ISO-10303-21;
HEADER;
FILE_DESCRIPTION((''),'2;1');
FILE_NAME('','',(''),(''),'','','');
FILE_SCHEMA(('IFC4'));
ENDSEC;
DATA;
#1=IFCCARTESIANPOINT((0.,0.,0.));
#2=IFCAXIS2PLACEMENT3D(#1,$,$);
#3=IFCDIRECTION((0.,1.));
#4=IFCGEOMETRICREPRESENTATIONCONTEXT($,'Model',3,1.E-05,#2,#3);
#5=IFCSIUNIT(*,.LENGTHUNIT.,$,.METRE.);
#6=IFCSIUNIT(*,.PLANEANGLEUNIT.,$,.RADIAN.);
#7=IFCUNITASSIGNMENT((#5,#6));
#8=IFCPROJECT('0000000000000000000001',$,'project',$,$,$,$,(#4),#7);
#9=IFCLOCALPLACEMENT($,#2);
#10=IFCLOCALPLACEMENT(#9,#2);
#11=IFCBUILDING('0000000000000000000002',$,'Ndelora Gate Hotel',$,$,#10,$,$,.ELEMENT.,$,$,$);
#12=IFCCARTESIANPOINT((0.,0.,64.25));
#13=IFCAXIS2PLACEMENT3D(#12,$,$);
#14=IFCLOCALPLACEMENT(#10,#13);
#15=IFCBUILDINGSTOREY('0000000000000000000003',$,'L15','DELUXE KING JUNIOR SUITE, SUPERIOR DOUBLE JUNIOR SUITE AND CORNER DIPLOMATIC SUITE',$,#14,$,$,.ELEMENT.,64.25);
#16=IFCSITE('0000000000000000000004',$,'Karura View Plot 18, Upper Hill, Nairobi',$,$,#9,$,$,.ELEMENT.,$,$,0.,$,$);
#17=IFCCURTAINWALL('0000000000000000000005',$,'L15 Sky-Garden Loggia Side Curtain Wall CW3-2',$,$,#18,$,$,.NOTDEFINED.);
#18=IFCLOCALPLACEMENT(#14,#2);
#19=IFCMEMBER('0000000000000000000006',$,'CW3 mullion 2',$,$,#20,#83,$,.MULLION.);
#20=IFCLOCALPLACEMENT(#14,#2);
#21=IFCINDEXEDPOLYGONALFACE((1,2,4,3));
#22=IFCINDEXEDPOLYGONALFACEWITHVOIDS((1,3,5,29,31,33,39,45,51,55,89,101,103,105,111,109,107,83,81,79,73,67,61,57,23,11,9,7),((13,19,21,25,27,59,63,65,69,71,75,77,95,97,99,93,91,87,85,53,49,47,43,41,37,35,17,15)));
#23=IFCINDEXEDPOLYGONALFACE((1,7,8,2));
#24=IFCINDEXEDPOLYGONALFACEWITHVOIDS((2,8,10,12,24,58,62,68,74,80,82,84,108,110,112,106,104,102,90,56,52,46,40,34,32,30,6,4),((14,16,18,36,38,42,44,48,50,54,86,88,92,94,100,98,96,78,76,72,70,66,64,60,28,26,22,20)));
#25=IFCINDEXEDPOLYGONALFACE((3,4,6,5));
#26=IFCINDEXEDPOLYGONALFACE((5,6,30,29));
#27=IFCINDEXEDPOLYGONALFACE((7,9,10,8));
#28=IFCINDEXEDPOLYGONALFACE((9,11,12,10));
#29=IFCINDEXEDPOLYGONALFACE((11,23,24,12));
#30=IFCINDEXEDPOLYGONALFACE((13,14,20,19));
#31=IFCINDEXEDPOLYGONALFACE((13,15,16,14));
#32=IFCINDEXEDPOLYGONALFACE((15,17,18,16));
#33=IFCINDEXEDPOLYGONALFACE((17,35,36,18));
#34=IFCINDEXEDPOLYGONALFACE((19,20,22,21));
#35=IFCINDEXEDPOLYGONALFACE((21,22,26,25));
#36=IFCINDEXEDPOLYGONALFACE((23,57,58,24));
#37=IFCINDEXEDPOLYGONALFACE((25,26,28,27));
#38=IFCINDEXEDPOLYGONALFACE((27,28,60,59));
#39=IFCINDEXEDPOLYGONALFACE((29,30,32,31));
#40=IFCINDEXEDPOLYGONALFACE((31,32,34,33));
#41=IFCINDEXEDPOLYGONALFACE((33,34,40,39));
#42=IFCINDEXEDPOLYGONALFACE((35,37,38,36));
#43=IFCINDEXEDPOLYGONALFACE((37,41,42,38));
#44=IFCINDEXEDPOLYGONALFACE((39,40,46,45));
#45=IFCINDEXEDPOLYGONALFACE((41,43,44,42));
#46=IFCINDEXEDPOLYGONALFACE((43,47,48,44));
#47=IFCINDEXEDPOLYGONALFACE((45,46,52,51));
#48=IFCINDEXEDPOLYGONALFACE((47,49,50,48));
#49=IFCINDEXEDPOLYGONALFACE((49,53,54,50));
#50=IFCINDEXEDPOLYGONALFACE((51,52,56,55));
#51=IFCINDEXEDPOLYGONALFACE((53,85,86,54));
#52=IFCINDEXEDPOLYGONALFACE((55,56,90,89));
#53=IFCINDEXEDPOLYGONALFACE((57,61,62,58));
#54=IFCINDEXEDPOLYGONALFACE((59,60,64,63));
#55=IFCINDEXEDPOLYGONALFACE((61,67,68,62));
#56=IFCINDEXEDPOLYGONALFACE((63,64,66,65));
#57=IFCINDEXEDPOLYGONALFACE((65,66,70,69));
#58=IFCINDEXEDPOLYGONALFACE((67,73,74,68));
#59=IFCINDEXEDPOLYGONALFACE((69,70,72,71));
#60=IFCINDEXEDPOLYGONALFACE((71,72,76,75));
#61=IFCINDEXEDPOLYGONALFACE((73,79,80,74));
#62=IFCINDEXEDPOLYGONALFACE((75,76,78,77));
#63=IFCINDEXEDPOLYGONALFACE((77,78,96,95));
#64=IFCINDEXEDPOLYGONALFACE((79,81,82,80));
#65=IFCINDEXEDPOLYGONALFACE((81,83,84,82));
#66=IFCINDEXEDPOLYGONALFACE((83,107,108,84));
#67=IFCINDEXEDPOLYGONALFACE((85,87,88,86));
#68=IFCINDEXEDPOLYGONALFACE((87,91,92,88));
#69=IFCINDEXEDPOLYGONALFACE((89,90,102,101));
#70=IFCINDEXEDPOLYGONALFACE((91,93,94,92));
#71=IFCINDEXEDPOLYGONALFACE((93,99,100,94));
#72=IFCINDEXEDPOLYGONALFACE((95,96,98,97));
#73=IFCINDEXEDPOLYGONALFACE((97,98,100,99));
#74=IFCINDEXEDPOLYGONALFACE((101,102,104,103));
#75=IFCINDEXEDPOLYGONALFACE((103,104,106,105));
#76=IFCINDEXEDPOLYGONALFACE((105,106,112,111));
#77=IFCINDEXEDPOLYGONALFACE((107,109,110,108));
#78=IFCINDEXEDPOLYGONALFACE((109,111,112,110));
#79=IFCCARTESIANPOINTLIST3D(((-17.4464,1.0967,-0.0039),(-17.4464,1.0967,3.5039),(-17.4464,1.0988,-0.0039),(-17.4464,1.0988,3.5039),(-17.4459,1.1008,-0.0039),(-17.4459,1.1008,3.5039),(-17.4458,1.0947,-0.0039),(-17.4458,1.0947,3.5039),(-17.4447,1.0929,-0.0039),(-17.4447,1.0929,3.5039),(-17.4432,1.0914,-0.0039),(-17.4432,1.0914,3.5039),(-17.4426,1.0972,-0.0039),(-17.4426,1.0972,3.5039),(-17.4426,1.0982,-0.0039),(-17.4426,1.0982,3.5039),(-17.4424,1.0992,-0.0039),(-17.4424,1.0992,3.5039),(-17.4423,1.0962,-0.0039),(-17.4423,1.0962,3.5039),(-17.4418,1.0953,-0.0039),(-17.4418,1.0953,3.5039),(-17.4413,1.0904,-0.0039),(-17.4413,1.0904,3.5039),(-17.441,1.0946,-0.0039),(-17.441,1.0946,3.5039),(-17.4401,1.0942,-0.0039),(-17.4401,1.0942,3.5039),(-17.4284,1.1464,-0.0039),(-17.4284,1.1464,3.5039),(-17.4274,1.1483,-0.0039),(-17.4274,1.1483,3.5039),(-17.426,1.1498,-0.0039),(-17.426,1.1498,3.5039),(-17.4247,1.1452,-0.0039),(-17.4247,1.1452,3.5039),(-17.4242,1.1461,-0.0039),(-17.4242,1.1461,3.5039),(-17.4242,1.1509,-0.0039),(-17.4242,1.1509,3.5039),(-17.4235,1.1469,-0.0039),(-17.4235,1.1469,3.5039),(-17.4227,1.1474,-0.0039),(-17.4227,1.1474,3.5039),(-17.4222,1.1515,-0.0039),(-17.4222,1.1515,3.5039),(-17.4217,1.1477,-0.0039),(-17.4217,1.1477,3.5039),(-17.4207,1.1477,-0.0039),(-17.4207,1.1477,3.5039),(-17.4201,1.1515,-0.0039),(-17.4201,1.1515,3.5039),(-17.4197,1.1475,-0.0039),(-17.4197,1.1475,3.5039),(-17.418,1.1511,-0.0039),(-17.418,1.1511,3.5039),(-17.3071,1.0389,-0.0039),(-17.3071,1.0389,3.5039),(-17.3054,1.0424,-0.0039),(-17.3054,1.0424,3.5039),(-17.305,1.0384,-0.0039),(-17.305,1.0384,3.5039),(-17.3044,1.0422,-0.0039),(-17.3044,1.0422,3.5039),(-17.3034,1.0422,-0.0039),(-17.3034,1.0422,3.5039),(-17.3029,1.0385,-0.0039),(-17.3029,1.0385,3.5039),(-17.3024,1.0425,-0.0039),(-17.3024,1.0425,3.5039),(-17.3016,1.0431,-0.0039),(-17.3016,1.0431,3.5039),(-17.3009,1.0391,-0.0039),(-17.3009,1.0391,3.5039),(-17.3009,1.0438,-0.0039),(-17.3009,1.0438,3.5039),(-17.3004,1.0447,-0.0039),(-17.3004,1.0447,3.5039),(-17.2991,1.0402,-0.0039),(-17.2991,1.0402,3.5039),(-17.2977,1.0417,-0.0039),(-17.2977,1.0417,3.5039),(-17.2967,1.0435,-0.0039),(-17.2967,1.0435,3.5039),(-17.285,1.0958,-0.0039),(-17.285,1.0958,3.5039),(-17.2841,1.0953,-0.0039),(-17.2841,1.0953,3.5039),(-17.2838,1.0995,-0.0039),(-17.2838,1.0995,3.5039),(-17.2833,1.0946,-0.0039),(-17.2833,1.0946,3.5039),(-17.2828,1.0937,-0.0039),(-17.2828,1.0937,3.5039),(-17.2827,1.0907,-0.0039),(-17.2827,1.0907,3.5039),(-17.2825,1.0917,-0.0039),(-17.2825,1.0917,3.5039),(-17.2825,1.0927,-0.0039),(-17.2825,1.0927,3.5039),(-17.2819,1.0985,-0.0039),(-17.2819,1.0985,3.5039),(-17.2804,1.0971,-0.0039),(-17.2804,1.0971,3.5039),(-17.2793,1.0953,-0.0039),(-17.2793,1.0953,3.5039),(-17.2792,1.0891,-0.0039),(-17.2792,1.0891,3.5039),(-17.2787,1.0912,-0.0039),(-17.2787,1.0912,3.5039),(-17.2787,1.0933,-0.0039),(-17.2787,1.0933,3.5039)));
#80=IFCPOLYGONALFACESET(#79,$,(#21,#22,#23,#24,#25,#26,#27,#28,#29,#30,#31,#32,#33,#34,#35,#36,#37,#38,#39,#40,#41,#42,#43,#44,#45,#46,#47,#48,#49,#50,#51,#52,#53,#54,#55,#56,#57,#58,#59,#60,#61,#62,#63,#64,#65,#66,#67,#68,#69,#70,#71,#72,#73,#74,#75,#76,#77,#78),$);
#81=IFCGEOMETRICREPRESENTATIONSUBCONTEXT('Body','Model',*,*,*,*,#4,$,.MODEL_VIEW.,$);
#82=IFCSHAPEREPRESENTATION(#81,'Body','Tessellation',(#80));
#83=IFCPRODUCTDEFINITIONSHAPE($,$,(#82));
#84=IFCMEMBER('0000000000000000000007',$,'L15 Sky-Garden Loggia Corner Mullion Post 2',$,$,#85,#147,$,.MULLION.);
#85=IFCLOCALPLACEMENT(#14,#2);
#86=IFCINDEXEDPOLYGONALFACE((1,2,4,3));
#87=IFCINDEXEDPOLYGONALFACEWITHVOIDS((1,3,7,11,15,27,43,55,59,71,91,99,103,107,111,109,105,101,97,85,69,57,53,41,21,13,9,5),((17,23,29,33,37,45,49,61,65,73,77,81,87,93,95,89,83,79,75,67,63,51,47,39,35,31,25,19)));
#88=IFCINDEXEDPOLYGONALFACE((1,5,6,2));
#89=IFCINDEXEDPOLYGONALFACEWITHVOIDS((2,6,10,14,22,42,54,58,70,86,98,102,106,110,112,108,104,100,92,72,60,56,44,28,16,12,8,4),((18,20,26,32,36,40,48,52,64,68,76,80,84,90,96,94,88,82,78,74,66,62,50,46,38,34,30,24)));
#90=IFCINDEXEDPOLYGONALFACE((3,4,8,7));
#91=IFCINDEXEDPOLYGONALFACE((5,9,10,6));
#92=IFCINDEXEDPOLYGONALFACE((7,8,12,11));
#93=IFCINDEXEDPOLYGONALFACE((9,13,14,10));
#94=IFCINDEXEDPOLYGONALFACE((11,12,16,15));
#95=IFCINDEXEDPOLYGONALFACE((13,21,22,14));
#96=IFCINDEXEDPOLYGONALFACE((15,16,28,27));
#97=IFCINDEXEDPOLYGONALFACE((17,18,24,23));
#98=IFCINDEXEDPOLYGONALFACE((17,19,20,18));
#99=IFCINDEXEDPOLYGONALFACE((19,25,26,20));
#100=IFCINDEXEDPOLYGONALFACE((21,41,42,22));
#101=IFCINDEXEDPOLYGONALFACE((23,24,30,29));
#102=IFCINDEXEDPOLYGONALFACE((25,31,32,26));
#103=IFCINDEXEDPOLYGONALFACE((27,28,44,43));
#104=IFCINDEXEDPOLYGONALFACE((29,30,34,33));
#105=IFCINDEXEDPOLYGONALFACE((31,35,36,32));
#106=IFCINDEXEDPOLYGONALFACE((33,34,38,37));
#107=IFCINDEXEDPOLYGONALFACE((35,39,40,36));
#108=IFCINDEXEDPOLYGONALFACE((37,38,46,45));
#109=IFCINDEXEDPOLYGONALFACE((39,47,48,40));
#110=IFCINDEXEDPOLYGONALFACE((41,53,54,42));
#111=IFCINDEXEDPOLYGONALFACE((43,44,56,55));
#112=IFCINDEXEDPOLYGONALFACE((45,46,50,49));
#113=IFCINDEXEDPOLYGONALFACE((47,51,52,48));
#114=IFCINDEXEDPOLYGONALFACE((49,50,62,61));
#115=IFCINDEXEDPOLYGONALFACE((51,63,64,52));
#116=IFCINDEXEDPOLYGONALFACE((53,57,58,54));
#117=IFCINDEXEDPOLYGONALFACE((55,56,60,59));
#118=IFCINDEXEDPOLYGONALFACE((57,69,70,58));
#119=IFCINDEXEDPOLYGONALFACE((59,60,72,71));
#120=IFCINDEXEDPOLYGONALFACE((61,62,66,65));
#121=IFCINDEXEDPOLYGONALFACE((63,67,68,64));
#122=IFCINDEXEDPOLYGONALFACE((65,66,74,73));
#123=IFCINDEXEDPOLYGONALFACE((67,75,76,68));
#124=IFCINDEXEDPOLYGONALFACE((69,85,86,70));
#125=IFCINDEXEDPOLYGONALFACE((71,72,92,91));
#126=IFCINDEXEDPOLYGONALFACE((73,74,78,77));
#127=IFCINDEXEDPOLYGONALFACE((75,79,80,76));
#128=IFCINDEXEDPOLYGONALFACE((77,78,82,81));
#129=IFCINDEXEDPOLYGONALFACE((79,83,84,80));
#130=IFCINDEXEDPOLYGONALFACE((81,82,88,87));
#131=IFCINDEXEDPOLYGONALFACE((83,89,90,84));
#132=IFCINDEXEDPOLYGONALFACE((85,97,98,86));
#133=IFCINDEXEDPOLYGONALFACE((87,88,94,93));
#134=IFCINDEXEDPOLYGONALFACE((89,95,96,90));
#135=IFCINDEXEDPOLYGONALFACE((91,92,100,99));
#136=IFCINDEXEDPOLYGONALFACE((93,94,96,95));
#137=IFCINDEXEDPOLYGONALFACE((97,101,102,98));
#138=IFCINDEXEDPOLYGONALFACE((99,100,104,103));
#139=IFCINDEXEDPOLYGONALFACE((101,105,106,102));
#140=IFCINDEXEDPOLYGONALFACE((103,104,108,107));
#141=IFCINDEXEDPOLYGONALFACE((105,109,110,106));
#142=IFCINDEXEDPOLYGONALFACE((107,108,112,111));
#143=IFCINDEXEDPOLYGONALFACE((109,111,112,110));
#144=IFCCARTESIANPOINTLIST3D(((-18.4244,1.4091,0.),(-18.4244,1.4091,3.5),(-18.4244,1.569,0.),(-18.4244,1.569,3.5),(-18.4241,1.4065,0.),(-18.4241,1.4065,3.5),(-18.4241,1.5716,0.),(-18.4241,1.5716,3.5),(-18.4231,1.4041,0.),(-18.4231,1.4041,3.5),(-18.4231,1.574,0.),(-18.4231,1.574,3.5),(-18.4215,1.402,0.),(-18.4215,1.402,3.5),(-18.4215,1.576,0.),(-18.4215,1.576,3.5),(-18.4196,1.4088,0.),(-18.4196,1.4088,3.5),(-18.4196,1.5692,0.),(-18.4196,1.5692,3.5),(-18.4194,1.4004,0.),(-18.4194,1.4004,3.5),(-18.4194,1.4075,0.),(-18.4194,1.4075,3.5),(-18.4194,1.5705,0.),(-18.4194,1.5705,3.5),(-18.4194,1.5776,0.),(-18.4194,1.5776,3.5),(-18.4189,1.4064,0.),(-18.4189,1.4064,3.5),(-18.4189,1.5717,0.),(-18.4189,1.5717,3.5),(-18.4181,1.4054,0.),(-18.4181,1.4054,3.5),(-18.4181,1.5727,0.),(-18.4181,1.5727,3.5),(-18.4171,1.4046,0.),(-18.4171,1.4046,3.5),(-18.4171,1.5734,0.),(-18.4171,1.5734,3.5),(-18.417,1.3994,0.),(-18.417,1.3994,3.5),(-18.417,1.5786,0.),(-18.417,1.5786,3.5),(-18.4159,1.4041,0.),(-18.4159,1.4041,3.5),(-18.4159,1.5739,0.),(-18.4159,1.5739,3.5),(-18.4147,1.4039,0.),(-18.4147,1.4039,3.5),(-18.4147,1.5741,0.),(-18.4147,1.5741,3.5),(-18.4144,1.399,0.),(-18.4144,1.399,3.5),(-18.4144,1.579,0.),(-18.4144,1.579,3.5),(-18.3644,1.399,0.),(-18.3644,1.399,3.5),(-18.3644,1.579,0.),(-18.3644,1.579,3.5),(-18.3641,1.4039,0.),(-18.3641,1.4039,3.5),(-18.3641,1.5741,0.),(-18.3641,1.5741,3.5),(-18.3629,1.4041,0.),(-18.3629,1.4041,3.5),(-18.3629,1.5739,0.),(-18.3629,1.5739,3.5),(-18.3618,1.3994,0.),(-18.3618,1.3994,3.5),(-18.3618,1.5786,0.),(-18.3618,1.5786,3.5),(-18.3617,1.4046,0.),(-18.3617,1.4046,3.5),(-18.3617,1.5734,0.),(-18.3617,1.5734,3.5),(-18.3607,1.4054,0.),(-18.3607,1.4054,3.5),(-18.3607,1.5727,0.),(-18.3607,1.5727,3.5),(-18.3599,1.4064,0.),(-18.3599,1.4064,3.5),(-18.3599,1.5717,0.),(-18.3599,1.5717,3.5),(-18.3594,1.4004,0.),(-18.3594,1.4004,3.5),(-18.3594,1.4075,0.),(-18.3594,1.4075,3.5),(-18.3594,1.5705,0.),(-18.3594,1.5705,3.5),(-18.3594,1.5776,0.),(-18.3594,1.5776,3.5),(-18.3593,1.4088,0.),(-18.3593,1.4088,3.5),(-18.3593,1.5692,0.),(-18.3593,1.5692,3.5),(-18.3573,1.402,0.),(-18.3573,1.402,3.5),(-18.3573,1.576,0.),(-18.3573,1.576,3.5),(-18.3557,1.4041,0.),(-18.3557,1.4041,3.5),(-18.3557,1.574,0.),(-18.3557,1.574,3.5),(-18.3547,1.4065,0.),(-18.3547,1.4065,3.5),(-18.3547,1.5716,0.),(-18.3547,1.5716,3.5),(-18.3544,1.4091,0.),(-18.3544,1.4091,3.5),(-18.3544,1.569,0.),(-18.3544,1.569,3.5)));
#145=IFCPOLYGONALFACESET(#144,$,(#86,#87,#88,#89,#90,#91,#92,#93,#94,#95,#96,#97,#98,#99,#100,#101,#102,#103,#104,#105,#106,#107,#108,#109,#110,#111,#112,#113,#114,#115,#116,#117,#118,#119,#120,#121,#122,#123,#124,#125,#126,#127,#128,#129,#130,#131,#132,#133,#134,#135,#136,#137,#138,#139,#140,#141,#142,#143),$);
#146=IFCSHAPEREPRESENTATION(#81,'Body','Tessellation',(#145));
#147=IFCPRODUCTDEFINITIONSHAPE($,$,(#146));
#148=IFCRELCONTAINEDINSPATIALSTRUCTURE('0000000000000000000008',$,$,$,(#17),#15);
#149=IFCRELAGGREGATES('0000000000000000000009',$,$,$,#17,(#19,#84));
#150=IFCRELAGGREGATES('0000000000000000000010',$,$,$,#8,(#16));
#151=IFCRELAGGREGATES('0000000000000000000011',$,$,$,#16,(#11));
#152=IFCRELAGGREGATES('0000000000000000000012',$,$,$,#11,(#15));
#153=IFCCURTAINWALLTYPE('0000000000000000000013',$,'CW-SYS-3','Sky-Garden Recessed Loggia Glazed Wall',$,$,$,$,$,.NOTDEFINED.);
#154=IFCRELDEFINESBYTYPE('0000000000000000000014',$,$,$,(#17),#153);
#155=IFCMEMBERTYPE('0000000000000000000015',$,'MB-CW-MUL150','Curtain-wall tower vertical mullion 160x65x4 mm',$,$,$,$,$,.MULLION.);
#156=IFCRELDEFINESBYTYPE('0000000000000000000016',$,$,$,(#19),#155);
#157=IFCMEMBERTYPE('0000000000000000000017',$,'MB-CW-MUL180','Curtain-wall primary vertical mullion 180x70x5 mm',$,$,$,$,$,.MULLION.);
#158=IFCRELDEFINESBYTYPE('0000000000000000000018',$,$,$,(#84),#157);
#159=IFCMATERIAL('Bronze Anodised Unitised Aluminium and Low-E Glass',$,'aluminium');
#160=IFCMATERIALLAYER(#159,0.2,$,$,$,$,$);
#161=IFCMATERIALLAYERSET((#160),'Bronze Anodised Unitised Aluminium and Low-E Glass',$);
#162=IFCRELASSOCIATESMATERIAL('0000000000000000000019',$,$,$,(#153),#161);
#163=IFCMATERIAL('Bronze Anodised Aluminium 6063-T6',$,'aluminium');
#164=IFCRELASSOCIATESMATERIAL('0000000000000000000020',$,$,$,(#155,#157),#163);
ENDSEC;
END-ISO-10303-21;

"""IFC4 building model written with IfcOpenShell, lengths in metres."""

from ifc_helpers import new_model, si_unit, direction, frame, origin, origin_2d, place, context, subcontext, project, spatial, hollow_rectangle, extrude, material, layer, layer_set, material_profile, profile_set, type_object, element, aggregate, save


model = new_model("IFC4")

# Units and contexts
model_context = context("Model", 3, precision=1e-05, world=origin(), true_north=direction((0.0, 1.0)))
body_context = subcontext(model_context, "Body", "Model", "MODEL_VIEW")
ifc_project = project(units=[si_unit("LENGTHUNIT", "METRE"), si_unit("PLANEANGLEUNIT", "RADIAN")], contexts=[model_context])

# Site, building, storey
site_placement = place(None, origin())
site = spatial("IfcSite", under=ifc_project, at=site_placement, Name="Karura View Plot 18, Upper Hill, Nairobi", CompositionType="ELEMENT", RefElevation=0.0)
building_placement = place(site_placement, origin())
building = spatial("IfcBuilding", under=site, at=building_placement, Name="Ndelora Gate Hotel", CompositionType="ELEMENT")
storey_placement = place(building_placement, frame((0.0, 0.0, 64.25)))
storey = spatial("IfcBuildingStorey", under=building, at=storey_placement, Name="L15", Description="DELUXE KING JUNIOR SUITE, SUPERIOR DOUBLE JUNIOR SUITE AND CORNER DIPLOMATIC SUITE", CompositionType="ELEMENT", Elevation=64.25)

# Curtain wall, members
ifc_material_1 = material(Name="Bronze Anodised Unitised Aluminium and Low-E Glass", Category="aluminium")
ifc_layer_1 = layer(ifc_material_1, 0.2)
ifc_layer_set_1 = layer_set([ifc_layer_1], Name="Bronze Anodised Unitised Aluminium and Low-E Glass")
curtain_wall_type = type_object("IfcCurtainWallType", Name="CW-SYS-3", Description="Sky-Garden Recessed Loggia Glazed Wall", PredefinedType="NOTDEFINED", material=ifc_layer_set_1)
curtain_wall_placement = place(storey_placement, origin())
curtain_wall = element("IfcCurtainWall", 1, at=curtain_wall_placement, inside=storey, type_object=curtain_wall_type, Name="L15 Sky-Garden Loggia Side Curtain Wall CW3-2", PredefinedType="NOTDEFINED")
ifc_material_2 = material(Name="Bronze Anodised Aluminium 6063-T6", Category="aluminium")
ifc_material_profile_1 = material_profile(ifc_material_2, hollow_rectangle(XDim=0.0649, YDim=0.1599, WallThickness=0.0039, InnerFilletRadius=0.0039, OuterFilletRadius=0.0081, at=origin_2d()), Name="ALU 160x65x4")
ifc_profile_set_1 = profile_set([ifc_material_profile_1], Name="Bronze Anodised Aluminium 6063-T6")
member_type_1 = type_object("IfcMemberType", Name="MB-CW-MUL150", Description="Curtain-wall tower vertical mullion 160x65x4 mm", PredefinedType="MULLION", material=ifc_profile_set_1)
member_1_placement = place(storey_placement, frame((-17.3625, 1.095, -0.0039), z_axis=(0.0, 0.0, 1.0), x_axis=(0.358376, 0.933577, 0.0)))
member_1 = element("IfcMember", 2, at=member_1_placement, type_object=member_type_1, Name="CW3 mullion 2", PredefinedType="MULLION", context=body_context, shape_type="SweptSolid", body=[
    extrude(hollow_rectangle(XDim=0.0649, YDim=0.1599, WallThickness=0.0039, InnerFilletRadius=0.0039, OuterFilletRadius=0.0081, at=origin_2d()), origin(), (0.0, 0.0, 1.0), 3.5078),
])
ifc_material_profile_2 = material_profile(ifc_material_2, hollow_rectangle(XDim=0.0701, YDim=0.1799, WallThickness=0.0049, InnerFilletRadius=0.0049, OuterFilletRadius=0.01, at=origin_2d()), Name="ALU 180x70x5")
ifc_profile_set_2 = profile_set([ifc_material_profile_2], Name="Bronze Anodised Aluminium 6063-T6")
member_type_2 = type_object("IfcMemberType", Name="MB-CW-MUL180", Description="Curtain-wall primary vertical mullion 180x70x5 mm", PredefinedType="MULLION", material=ifc_profile_set_2)
member_2_placement = place(storey_placement, frame((-18.3894, 1.489, 0.0), z_axis=(0.0, 0.0, 1.0), x_axis=(1.0, 0.0, 0.0)))
member_2 = element("IfcMember", 3, at=member_2_placement, type_object=member_type_2, Name="L15 Sky-Garden Loggia Corner Mullion Post 2", PredefinedType="MULLION", context=body_context, shape_type="SweptSolid", body=[
    extrude(hollow_rectangle(XDim=0.0701, YDim=0.1799, WallThickness=0.0049, InnerFilletRadius=0.0049, OuterFilletRadius=0.01, at=origin_2d()), origin(), (0.0, 0.0, 1.0), 3.5),
])
aggregate(curtain_wall, [member_1, member_2])

save(model, "model.ifc")
